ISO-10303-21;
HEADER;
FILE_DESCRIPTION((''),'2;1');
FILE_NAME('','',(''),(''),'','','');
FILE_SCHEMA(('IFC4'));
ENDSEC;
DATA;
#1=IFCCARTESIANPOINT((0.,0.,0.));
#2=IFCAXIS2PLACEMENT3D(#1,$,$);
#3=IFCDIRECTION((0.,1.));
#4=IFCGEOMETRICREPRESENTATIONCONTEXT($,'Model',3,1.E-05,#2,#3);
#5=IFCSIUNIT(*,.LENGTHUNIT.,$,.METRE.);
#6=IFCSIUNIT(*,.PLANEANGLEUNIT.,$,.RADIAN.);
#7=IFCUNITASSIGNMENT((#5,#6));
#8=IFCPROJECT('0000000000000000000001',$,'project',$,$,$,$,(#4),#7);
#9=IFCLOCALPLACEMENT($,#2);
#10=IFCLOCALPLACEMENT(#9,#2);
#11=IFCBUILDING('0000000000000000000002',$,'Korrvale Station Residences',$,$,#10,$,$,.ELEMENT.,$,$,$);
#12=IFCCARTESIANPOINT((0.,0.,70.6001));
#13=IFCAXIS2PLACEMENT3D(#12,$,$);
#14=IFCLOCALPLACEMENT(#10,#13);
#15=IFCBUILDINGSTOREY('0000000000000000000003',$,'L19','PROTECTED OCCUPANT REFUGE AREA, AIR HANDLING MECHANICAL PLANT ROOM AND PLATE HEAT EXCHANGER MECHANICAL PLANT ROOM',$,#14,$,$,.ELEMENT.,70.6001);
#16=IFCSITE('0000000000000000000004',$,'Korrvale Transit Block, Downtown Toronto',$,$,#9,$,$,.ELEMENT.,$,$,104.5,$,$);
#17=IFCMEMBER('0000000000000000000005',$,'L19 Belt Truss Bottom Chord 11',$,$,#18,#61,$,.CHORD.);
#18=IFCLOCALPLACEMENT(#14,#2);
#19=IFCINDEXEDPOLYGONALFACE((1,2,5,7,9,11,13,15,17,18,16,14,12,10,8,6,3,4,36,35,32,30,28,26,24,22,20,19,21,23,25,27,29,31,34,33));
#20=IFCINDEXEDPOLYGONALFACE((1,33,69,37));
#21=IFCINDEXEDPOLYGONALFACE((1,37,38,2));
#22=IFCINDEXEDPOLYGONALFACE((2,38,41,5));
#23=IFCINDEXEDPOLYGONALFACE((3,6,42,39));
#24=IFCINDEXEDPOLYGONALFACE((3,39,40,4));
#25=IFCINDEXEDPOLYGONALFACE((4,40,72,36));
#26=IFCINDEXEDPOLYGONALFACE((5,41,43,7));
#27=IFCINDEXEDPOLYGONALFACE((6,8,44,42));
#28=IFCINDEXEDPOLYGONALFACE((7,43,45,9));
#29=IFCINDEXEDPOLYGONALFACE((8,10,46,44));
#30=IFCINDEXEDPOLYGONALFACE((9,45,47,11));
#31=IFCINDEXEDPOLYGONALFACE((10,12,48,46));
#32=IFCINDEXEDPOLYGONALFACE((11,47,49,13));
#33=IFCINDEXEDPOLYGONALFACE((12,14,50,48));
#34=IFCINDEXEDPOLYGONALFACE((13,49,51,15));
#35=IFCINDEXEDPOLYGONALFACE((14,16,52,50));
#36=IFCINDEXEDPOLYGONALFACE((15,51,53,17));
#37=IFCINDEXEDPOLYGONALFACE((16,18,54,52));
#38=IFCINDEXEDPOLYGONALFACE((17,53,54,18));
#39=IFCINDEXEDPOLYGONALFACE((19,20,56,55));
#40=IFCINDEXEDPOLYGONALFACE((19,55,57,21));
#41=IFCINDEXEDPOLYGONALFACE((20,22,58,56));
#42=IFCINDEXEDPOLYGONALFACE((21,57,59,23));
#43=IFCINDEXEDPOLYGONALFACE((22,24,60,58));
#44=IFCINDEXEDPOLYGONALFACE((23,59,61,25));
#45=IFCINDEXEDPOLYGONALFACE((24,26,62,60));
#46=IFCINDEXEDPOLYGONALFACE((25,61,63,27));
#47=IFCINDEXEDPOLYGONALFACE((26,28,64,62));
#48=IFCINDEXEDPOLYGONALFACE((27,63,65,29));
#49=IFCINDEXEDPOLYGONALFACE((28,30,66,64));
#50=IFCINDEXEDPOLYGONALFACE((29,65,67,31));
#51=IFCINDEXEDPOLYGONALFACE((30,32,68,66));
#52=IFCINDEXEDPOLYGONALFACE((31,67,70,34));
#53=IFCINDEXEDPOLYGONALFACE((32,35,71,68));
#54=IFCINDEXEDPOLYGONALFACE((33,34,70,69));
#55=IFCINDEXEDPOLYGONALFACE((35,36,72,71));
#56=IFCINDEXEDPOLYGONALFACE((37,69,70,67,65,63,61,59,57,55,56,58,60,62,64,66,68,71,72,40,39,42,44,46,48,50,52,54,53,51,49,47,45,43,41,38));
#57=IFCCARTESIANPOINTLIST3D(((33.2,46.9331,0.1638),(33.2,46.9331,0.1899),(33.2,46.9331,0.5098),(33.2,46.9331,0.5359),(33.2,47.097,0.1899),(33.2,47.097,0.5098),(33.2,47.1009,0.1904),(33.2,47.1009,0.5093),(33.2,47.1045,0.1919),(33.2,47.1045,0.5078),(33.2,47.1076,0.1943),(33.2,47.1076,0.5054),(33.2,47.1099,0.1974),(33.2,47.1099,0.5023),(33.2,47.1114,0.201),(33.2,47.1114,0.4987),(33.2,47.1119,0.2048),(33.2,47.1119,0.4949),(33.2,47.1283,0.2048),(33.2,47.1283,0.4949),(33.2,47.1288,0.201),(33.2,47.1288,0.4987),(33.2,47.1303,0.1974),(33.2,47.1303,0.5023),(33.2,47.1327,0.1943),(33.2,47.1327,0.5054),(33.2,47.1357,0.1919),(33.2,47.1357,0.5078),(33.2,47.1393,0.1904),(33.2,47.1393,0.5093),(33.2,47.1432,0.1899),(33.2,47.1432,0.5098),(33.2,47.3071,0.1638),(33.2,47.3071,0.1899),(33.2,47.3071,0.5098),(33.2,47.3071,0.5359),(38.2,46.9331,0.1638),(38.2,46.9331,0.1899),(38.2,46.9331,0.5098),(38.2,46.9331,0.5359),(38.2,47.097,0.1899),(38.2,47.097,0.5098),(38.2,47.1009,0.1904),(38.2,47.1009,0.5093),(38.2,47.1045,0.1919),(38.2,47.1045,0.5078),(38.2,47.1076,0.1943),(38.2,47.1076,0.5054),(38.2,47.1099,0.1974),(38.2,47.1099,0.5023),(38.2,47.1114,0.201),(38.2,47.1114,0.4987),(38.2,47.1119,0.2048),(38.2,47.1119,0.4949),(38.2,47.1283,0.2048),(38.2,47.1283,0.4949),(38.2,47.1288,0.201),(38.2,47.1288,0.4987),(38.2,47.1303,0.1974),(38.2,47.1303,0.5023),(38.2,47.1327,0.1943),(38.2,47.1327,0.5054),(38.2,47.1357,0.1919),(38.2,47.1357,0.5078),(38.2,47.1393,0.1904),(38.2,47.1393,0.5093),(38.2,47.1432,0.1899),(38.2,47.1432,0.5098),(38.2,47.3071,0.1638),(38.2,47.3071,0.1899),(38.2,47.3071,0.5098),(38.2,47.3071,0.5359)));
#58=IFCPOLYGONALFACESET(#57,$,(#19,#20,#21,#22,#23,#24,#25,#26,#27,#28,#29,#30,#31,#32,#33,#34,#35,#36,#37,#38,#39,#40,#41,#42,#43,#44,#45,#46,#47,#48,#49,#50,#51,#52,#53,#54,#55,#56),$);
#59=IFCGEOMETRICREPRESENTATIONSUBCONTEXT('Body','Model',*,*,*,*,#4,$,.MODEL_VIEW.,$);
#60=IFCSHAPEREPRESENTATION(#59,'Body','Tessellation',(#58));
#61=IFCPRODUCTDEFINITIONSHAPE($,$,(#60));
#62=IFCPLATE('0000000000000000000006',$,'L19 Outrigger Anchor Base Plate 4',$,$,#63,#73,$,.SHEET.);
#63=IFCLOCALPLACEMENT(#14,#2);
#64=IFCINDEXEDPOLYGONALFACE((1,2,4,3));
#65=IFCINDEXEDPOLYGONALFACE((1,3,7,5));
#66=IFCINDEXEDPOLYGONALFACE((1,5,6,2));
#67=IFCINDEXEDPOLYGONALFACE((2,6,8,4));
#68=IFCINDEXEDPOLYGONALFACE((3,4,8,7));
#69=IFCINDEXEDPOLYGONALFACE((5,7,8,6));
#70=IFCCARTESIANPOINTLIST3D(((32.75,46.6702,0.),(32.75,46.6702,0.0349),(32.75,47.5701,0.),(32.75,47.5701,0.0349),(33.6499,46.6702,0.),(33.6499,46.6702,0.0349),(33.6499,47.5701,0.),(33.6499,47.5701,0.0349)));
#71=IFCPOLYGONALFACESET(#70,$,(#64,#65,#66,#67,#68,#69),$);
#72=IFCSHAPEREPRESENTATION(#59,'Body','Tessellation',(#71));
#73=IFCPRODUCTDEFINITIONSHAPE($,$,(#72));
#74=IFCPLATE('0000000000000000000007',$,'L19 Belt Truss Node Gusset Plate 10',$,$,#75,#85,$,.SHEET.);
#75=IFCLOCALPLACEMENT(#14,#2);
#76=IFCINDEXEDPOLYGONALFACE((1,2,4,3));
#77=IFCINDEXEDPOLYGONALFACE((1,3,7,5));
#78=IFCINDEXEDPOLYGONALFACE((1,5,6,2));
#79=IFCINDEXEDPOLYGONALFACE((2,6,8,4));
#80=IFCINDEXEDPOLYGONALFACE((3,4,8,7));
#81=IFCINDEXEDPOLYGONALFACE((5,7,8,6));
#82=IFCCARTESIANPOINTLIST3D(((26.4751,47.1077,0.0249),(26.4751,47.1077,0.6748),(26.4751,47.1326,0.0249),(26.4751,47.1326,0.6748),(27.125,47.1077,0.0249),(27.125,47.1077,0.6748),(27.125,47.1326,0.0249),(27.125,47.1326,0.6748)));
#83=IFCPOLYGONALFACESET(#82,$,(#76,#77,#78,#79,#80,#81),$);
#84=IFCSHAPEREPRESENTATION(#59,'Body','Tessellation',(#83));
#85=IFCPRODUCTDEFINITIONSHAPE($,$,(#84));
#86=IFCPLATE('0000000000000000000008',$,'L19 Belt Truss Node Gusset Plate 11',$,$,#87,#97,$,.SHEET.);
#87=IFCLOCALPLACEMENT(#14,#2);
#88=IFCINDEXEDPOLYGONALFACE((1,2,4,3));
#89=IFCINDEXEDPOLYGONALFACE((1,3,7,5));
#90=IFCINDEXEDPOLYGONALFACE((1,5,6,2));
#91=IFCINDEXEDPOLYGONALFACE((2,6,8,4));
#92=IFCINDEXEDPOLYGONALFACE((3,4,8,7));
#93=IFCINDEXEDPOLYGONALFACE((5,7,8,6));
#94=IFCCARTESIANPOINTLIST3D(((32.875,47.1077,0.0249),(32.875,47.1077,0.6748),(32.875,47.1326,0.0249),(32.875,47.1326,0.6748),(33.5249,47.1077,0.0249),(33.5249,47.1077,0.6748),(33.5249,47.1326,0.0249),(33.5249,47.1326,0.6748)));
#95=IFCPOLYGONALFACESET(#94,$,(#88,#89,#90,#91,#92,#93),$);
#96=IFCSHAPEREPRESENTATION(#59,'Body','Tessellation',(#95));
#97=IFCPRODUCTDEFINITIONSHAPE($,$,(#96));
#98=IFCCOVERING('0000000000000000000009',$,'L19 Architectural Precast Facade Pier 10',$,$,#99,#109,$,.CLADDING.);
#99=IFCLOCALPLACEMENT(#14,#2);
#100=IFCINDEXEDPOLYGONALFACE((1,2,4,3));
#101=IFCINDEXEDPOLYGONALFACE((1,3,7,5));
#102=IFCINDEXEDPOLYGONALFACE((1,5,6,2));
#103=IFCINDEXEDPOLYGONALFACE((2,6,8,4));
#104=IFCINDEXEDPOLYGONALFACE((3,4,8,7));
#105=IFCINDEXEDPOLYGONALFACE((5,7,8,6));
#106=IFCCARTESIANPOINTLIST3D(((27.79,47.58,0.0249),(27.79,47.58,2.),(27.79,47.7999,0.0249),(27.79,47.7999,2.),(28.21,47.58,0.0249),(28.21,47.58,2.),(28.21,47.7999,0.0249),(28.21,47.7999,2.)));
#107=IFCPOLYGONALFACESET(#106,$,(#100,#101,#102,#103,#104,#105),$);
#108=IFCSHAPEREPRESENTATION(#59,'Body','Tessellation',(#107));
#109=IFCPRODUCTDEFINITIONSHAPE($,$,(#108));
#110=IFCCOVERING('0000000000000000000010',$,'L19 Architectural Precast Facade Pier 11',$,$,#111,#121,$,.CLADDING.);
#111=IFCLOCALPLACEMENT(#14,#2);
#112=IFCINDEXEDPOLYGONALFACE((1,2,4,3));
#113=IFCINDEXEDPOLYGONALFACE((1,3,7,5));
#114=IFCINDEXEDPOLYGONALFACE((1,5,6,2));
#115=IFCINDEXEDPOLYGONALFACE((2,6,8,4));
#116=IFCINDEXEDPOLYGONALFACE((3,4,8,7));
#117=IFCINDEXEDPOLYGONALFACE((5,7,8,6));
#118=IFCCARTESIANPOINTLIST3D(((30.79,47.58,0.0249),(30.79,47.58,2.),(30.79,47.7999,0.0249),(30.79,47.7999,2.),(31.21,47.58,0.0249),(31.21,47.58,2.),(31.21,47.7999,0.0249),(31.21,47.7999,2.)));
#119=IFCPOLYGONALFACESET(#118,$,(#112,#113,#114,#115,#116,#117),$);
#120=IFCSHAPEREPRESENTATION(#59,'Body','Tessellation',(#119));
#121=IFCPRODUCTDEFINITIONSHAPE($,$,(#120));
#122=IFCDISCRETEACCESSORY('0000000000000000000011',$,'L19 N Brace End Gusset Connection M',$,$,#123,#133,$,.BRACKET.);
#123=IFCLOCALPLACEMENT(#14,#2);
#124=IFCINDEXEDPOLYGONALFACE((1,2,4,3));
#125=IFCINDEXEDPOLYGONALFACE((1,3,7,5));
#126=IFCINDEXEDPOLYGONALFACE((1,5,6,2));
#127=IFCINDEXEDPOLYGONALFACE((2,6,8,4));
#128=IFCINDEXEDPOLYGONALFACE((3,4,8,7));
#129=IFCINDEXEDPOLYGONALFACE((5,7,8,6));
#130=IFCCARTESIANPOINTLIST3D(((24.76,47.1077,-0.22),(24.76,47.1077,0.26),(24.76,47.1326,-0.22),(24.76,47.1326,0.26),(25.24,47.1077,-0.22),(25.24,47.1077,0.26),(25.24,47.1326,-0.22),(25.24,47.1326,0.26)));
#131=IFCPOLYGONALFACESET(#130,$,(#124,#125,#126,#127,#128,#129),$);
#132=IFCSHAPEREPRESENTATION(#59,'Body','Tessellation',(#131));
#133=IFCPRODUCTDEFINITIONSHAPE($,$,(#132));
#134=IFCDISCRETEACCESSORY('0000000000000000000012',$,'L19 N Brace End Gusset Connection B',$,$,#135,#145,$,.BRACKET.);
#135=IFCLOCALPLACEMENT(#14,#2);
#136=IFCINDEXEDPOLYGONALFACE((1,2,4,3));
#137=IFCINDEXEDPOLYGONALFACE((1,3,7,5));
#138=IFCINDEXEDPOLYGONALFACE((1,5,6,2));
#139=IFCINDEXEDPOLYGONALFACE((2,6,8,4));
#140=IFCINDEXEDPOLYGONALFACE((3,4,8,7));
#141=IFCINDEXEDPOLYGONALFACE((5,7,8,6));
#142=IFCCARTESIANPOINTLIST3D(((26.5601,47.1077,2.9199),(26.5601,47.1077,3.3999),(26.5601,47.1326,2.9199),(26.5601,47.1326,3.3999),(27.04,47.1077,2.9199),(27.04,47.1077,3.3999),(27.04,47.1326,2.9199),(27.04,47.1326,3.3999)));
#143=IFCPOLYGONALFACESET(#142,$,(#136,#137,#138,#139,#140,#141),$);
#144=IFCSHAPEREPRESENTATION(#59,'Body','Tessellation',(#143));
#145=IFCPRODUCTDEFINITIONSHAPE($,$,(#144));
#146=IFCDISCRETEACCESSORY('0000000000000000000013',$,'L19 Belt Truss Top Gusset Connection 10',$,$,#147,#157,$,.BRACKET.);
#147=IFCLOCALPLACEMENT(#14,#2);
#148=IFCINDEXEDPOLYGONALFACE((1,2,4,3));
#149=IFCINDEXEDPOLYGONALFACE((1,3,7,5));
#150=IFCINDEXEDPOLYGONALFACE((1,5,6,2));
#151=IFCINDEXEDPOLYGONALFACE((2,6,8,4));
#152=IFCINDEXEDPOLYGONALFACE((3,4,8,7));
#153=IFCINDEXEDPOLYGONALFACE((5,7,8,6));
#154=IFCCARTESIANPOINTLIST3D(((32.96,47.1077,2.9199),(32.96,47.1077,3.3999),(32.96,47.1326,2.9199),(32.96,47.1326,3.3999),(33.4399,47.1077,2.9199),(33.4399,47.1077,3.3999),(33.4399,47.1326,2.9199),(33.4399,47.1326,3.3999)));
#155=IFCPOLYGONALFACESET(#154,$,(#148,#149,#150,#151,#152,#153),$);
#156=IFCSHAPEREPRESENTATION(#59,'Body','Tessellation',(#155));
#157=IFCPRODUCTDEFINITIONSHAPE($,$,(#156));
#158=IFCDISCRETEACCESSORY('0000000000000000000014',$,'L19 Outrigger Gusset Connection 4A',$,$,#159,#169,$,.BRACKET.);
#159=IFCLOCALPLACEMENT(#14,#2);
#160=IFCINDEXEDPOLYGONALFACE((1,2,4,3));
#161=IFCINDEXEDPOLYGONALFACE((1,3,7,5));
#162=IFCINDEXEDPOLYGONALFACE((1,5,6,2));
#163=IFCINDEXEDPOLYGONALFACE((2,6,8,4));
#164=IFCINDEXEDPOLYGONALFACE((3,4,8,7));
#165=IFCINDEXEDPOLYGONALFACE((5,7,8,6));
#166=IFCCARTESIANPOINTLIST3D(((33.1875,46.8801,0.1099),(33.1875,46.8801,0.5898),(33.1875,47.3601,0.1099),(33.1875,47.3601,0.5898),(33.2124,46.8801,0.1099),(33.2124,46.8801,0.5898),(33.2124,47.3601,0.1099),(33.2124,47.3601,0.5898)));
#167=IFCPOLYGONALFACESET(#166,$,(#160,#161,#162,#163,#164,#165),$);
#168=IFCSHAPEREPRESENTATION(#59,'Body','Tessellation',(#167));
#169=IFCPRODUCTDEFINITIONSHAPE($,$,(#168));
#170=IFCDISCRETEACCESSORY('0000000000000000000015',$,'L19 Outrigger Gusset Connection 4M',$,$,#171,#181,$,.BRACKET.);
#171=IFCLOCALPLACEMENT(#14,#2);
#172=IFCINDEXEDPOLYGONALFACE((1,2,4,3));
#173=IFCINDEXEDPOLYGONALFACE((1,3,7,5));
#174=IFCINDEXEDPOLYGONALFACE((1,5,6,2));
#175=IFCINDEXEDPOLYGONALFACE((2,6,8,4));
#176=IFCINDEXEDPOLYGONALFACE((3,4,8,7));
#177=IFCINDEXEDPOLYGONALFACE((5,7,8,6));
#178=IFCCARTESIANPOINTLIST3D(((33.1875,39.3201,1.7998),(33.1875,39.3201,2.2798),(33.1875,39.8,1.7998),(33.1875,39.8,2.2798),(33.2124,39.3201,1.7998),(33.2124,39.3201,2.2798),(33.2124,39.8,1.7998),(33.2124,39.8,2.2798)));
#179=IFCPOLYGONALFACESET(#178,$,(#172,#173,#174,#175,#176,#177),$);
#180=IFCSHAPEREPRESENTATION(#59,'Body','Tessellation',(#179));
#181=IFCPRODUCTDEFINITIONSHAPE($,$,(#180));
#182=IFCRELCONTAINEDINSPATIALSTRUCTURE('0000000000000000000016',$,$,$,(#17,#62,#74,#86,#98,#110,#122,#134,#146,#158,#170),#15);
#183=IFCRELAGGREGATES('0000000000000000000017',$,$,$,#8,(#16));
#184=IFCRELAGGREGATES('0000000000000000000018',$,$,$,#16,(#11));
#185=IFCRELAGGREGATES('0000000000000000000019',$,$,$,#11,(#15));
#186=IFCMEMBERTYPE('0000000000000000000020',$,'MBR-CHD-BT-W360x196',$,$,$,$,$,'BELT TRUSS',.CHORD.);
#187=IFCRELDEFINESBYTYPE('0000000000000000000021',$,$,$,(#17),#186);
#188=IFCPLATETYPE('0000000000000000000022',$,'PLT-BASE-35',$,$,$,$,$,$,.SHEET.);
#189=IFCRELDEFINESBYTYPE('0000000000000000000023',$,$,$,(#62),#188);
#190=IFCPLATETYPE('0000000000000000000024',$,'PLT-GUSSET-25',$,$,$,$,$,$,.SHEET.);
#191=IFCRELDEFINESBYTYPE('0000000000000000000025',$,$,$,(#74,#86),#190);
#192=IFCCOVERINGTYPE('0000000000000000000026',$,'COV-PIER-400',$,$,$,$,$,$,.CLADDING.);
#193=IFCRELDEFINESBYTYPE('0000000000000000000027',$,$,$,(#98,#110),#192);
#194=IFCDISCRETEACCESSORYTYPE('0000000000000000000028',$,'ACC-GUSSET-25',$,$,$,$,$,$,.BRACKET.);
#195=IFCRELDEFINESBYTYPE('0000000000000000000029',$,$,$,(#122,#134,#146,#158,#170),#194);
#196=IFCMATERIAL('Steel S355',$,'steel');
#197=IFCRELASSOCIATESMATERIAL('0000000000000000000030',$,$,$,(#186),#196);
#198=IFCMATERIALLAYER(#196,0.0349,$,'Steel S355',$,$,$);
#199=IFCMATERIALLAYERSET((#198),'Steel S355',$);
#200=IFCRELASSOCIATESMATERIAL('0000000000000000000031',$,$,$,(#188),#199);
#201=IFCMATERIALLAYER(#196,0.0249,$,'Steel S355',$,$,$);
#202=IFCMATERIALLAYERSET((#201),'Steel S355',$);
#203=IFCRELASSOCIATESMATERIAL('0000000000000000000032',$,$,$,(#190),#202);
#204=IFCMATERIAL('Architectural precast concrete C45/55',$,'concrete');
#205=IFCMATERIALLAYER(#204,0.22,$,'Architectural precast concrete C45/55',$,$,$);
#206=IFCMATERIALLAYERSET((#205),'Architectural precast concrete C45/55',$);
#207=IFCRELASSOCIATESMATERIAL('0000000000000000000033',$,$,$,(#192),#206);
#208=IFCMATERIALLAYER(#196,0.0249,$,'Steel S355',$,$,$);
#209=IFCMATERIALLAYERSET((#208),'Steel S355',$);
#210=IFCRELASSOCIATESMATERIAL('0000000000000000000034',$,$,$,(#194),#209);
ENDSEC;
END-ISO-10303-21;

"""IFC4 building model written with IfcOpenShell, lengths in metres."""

from ifc_helpers import new_model, si_unit, direction, frame, origin, origin_2d, place, context, subcontext, project, spatial, rectangle, i_section, extrude, material, layer, layer_set, material_profile, profile_set, type_object, element, save


model = new_model("IFC4")

# Units and contexts
model_context = context("Model", 3, precision=1e-05, world=origin(), true_north=direction((0.0, 1.0)))
body_context = subcontext(model_context, "Body", "Model", "MODEL_VIEW")
ifc_project = project(units=[si_unit("LENGTHUNIT", "METRE"), si_unit("PLANEANGLEUNIT", "RADIAN")], contexts=[model_context])

# Site, building, storey
site_placement = place(None, origin())
site = spatial("IfcSite", under=ifc_project, at=site_placement, Name="Korrvale Transit Block, Downtown Toronto", CompositionType="ELEMENT", RefElevation=104.5)
building_placement = place(site_placement, origin())
building = spatial("IfcBuilding", under=site, at=building_placement, Name="Korrvale Station Residences", CompositionType="ELEMENT")
storey_placement = place(building_placement, frame((0.0, 0.0, 70.6001)))
storey = spatial("IfcBuildingStorey", under=building, at=storey_placement, Name="L19", Description="PROTECTED OCCUPANT REFUGE AREA, AIR HANDLING MECHANICAL PLANT ROOM AND PLATE HEAT EXCHANGER MECHANICAL PLANT ROOM", CompositionType="ELEMENT", Elevation=70.6001)

# Member
ifc_material_1 = material(Name="Steel S355", Category="steel")
ifc_material_profile_1 = material_profile(ifc_material_1, i_section(OverallWidth=0.374, OverallDepth=0.3721, WebThickness=0.0164, FlangeThickness=0.0261, FilletRadius=0.0149, at=origin_2d()), Name="W360x196")
ifc_profile_set_1 = profile_set([ifc_material_profile_1], Name="Steel S355")
member_type_1 = type_object("IfcMemberType", Name="MBR-CHD-BT-W360x196", ElementType="BELT TRUSS", PredefinedType="CHORD", material=ifc_profile_set_1)
member_1_placement = place(storey_placement, frame((33.2, 47.1201, 0.3499), z_axis=(1.0, 0.0, 0.0), x_axis=(0.0, 1.0, 0.0)))
element("IfcMember", 1, at=member_1_placement, inside=storey, type_object=member_type_1, Name="L19 Belt Truss Bottom Chord 11", PredefinedType="CHORD", context=body_context, shape_type="SweptSolid", body=[
    extrude(i_section(OverallWidth=0.374, OverallDepth=0.3721, WebThickness=0.0164, FlangeThickness=0.0261, FilletRadius=0.0149, at=origin_2d()), origin(), (0.0, 0.0, 1.0), 5.0),
])

# Plates
ifc_layer_1 = layer(ifc_material_1, 0.0349, Name="Steel S355")
ifc_layer_set_1 = layer_set([ifc_layer_1], Name="Steel S355")
plate_type_1 = type_object("IfcPlateType", Name="PLT-BASE-35", PredefinedType="SHEET", material=ifc_layer_set_1)
plate_placement = place(storey_placement, frame((33.2, 47.1201, 0.0), z_axis=(0.0, 0.0, 1.0), x_axis=(1.0, 0.0, 0.0)))
element("IfcPlate", 2, at=plate_placement, inside=storey, type_object=plate_type_1, Name="L19 Outrigger Anchor Base Plate 4", PredefinedType="SHEET", context=body_context, shape_type="SweptSolid", body=[
    extrude(rectangle(XDim=0.8999, YDim=0.8999, at=origin_2d()), origin(), (0.0, 0.0, 1.0), 0.0349),
])
ifc_layer_2 = layer(ifc_material_1, 0.0249, Name="Steel S355")
ifc_layer_set_2 = layer_set([ifc_layer_2], Name="Steel S355")
plate_type_2 = type_object("IfcPlateType", Name="PLT-GUSSET-25", PredefinedType="SHEET", material=ifc_layer_set_2)
for number, where, z_axis, x_axis, name in (
    (3, (26.8, 47.1201, 0.0249), (0.0, 0.0, 1.0), (1.0, 0.0, 0.0), "L19 Belt Truss Node Gusset Plate 10"),
    (4, (33.2, 47.1201, 0.0249), (0.0, 0.0, 1.0), (1.0, 0.0, 0.0), "L19 Belt Truss Node Gusset Plate 11"),
):
    element("IfcPlate", number, at=place(storey_placement, frame(where, z_axis=z_axis, x_axis=x_axis)), inside=storey, type_object=plate_type_2, Name=name, PredefinedType="SHEET", context=body_context, shape_type="SweptSolid", body=[
        extrude(rectangle(XDim=0.6499, YDim=0.0249, at=origin_2d()), origin(), (0.0, 0.0, 1.0), 0.6499),
    ])

# Coverings
ifc_material_2 = material(Name="Architectural precast concrete C45/55", Category="concrete")
ifc_layer_3 = layer(ifc_material_2, 0.22, Name="Architectural precast concrete C45/55")
ifc_layer_set_3 = layer_set([ifc_layer_3], Name="Architectural precast concrete C45/55")
covering_type = type_object("IfcCoveringType", Name="COV-PIER-400", PredefinedType="CLADDING", material=ifc_layer_set_3)
for number, where, z_axis, x_axis, name in (
    (5, (28.0, 47.6899, 0.0249), (0.0, 0.0, 1.0), (1.0, 0.0, 0.0), "L19 Architectural Precast Facade Pier 10"),
    (6, (31.0, 47.6899, 0.0249), (0.0, 0.0, 1.0), (1.0, 0.0, 0.0), "L19 Architectural Precast Facade Pier 11"),
):
    element("IfcCovering", number, at=place(storey_placement, frame(where, z_axis=z_axis, x_axis=x_axis)), inside=storey, type_object=covering_type, Name=name, PredefinedType="CLADDING", context=body_context, shape_type="SweptSolid", body=[
        extrude(rectangle(XDim=0.4199, YDim=0.22, at=origin_2d()), origin(), (0.0, 0.0, 1.0), 1.9751),
    ])

# Discrete accessories
ifc_layer_4 = layer(ifc_material_1, 0.0249, Name="Steel S355")
ifc_layer_set_4 = layer_set([ifc_layer_4], Name="Steel S355")
discrete_accessory_type = type_object("IfcDiscreteAccessoryType", Name="ACC-GUSSET-25", PredefinedType="BRACKET", material=ifc_layer_set_4)
for number, where, z_axis, x_axis, name in (
    (7, (25.0, 47.1201, -0.22), (0.0, 0.0, 1.0), (1.0, 0.0, 0.0), "L19 N Brace End Gusset Connection M"),
    (8, (26.8, 47.1201, 2.9199), (0.0, 0.0, 1.0), (1.0, 0.0, 0.0), "L19 N Brace End Gusset Connection B"),
    (9, (33.2, 47.1201, 2.9199), (0.0, 0.0, 1.0), (1.0, 0.0, 0.0), "L19 Belt Truss Top Gusset Connection 10"),
    (10, (33.2, 47.1201, 0.1099), (0.0, 0.0, 1.0), (0.0, 1.0, 0.0), "L19 Outrigger Gusset Connection 4A"),
    (11, (33.2, 39.5601, 1.7998), (0.0, 0.0, 1.0), (0.0, 1.0, 0.0), "L19 Outrigger Gusset Connection 4M"),
):
    element("IfcDiscreteAccessory", number, at=place(storey_placement, frame(where, z_axis=z_axis, x_axis=x_axis)), inside=storey, type_object=discrete_accessory_type, Name=name, PredefinedType="BRACKET", context=body_context, shape_type="SweptSolid", body=[
        extrude(rectangle(XDim=0.48, YDim=0.0249, at=origin_2d()), origin(), (0.0, 0.0, 1.0), 0.48),
    ])

save(model, "model.ifc")
